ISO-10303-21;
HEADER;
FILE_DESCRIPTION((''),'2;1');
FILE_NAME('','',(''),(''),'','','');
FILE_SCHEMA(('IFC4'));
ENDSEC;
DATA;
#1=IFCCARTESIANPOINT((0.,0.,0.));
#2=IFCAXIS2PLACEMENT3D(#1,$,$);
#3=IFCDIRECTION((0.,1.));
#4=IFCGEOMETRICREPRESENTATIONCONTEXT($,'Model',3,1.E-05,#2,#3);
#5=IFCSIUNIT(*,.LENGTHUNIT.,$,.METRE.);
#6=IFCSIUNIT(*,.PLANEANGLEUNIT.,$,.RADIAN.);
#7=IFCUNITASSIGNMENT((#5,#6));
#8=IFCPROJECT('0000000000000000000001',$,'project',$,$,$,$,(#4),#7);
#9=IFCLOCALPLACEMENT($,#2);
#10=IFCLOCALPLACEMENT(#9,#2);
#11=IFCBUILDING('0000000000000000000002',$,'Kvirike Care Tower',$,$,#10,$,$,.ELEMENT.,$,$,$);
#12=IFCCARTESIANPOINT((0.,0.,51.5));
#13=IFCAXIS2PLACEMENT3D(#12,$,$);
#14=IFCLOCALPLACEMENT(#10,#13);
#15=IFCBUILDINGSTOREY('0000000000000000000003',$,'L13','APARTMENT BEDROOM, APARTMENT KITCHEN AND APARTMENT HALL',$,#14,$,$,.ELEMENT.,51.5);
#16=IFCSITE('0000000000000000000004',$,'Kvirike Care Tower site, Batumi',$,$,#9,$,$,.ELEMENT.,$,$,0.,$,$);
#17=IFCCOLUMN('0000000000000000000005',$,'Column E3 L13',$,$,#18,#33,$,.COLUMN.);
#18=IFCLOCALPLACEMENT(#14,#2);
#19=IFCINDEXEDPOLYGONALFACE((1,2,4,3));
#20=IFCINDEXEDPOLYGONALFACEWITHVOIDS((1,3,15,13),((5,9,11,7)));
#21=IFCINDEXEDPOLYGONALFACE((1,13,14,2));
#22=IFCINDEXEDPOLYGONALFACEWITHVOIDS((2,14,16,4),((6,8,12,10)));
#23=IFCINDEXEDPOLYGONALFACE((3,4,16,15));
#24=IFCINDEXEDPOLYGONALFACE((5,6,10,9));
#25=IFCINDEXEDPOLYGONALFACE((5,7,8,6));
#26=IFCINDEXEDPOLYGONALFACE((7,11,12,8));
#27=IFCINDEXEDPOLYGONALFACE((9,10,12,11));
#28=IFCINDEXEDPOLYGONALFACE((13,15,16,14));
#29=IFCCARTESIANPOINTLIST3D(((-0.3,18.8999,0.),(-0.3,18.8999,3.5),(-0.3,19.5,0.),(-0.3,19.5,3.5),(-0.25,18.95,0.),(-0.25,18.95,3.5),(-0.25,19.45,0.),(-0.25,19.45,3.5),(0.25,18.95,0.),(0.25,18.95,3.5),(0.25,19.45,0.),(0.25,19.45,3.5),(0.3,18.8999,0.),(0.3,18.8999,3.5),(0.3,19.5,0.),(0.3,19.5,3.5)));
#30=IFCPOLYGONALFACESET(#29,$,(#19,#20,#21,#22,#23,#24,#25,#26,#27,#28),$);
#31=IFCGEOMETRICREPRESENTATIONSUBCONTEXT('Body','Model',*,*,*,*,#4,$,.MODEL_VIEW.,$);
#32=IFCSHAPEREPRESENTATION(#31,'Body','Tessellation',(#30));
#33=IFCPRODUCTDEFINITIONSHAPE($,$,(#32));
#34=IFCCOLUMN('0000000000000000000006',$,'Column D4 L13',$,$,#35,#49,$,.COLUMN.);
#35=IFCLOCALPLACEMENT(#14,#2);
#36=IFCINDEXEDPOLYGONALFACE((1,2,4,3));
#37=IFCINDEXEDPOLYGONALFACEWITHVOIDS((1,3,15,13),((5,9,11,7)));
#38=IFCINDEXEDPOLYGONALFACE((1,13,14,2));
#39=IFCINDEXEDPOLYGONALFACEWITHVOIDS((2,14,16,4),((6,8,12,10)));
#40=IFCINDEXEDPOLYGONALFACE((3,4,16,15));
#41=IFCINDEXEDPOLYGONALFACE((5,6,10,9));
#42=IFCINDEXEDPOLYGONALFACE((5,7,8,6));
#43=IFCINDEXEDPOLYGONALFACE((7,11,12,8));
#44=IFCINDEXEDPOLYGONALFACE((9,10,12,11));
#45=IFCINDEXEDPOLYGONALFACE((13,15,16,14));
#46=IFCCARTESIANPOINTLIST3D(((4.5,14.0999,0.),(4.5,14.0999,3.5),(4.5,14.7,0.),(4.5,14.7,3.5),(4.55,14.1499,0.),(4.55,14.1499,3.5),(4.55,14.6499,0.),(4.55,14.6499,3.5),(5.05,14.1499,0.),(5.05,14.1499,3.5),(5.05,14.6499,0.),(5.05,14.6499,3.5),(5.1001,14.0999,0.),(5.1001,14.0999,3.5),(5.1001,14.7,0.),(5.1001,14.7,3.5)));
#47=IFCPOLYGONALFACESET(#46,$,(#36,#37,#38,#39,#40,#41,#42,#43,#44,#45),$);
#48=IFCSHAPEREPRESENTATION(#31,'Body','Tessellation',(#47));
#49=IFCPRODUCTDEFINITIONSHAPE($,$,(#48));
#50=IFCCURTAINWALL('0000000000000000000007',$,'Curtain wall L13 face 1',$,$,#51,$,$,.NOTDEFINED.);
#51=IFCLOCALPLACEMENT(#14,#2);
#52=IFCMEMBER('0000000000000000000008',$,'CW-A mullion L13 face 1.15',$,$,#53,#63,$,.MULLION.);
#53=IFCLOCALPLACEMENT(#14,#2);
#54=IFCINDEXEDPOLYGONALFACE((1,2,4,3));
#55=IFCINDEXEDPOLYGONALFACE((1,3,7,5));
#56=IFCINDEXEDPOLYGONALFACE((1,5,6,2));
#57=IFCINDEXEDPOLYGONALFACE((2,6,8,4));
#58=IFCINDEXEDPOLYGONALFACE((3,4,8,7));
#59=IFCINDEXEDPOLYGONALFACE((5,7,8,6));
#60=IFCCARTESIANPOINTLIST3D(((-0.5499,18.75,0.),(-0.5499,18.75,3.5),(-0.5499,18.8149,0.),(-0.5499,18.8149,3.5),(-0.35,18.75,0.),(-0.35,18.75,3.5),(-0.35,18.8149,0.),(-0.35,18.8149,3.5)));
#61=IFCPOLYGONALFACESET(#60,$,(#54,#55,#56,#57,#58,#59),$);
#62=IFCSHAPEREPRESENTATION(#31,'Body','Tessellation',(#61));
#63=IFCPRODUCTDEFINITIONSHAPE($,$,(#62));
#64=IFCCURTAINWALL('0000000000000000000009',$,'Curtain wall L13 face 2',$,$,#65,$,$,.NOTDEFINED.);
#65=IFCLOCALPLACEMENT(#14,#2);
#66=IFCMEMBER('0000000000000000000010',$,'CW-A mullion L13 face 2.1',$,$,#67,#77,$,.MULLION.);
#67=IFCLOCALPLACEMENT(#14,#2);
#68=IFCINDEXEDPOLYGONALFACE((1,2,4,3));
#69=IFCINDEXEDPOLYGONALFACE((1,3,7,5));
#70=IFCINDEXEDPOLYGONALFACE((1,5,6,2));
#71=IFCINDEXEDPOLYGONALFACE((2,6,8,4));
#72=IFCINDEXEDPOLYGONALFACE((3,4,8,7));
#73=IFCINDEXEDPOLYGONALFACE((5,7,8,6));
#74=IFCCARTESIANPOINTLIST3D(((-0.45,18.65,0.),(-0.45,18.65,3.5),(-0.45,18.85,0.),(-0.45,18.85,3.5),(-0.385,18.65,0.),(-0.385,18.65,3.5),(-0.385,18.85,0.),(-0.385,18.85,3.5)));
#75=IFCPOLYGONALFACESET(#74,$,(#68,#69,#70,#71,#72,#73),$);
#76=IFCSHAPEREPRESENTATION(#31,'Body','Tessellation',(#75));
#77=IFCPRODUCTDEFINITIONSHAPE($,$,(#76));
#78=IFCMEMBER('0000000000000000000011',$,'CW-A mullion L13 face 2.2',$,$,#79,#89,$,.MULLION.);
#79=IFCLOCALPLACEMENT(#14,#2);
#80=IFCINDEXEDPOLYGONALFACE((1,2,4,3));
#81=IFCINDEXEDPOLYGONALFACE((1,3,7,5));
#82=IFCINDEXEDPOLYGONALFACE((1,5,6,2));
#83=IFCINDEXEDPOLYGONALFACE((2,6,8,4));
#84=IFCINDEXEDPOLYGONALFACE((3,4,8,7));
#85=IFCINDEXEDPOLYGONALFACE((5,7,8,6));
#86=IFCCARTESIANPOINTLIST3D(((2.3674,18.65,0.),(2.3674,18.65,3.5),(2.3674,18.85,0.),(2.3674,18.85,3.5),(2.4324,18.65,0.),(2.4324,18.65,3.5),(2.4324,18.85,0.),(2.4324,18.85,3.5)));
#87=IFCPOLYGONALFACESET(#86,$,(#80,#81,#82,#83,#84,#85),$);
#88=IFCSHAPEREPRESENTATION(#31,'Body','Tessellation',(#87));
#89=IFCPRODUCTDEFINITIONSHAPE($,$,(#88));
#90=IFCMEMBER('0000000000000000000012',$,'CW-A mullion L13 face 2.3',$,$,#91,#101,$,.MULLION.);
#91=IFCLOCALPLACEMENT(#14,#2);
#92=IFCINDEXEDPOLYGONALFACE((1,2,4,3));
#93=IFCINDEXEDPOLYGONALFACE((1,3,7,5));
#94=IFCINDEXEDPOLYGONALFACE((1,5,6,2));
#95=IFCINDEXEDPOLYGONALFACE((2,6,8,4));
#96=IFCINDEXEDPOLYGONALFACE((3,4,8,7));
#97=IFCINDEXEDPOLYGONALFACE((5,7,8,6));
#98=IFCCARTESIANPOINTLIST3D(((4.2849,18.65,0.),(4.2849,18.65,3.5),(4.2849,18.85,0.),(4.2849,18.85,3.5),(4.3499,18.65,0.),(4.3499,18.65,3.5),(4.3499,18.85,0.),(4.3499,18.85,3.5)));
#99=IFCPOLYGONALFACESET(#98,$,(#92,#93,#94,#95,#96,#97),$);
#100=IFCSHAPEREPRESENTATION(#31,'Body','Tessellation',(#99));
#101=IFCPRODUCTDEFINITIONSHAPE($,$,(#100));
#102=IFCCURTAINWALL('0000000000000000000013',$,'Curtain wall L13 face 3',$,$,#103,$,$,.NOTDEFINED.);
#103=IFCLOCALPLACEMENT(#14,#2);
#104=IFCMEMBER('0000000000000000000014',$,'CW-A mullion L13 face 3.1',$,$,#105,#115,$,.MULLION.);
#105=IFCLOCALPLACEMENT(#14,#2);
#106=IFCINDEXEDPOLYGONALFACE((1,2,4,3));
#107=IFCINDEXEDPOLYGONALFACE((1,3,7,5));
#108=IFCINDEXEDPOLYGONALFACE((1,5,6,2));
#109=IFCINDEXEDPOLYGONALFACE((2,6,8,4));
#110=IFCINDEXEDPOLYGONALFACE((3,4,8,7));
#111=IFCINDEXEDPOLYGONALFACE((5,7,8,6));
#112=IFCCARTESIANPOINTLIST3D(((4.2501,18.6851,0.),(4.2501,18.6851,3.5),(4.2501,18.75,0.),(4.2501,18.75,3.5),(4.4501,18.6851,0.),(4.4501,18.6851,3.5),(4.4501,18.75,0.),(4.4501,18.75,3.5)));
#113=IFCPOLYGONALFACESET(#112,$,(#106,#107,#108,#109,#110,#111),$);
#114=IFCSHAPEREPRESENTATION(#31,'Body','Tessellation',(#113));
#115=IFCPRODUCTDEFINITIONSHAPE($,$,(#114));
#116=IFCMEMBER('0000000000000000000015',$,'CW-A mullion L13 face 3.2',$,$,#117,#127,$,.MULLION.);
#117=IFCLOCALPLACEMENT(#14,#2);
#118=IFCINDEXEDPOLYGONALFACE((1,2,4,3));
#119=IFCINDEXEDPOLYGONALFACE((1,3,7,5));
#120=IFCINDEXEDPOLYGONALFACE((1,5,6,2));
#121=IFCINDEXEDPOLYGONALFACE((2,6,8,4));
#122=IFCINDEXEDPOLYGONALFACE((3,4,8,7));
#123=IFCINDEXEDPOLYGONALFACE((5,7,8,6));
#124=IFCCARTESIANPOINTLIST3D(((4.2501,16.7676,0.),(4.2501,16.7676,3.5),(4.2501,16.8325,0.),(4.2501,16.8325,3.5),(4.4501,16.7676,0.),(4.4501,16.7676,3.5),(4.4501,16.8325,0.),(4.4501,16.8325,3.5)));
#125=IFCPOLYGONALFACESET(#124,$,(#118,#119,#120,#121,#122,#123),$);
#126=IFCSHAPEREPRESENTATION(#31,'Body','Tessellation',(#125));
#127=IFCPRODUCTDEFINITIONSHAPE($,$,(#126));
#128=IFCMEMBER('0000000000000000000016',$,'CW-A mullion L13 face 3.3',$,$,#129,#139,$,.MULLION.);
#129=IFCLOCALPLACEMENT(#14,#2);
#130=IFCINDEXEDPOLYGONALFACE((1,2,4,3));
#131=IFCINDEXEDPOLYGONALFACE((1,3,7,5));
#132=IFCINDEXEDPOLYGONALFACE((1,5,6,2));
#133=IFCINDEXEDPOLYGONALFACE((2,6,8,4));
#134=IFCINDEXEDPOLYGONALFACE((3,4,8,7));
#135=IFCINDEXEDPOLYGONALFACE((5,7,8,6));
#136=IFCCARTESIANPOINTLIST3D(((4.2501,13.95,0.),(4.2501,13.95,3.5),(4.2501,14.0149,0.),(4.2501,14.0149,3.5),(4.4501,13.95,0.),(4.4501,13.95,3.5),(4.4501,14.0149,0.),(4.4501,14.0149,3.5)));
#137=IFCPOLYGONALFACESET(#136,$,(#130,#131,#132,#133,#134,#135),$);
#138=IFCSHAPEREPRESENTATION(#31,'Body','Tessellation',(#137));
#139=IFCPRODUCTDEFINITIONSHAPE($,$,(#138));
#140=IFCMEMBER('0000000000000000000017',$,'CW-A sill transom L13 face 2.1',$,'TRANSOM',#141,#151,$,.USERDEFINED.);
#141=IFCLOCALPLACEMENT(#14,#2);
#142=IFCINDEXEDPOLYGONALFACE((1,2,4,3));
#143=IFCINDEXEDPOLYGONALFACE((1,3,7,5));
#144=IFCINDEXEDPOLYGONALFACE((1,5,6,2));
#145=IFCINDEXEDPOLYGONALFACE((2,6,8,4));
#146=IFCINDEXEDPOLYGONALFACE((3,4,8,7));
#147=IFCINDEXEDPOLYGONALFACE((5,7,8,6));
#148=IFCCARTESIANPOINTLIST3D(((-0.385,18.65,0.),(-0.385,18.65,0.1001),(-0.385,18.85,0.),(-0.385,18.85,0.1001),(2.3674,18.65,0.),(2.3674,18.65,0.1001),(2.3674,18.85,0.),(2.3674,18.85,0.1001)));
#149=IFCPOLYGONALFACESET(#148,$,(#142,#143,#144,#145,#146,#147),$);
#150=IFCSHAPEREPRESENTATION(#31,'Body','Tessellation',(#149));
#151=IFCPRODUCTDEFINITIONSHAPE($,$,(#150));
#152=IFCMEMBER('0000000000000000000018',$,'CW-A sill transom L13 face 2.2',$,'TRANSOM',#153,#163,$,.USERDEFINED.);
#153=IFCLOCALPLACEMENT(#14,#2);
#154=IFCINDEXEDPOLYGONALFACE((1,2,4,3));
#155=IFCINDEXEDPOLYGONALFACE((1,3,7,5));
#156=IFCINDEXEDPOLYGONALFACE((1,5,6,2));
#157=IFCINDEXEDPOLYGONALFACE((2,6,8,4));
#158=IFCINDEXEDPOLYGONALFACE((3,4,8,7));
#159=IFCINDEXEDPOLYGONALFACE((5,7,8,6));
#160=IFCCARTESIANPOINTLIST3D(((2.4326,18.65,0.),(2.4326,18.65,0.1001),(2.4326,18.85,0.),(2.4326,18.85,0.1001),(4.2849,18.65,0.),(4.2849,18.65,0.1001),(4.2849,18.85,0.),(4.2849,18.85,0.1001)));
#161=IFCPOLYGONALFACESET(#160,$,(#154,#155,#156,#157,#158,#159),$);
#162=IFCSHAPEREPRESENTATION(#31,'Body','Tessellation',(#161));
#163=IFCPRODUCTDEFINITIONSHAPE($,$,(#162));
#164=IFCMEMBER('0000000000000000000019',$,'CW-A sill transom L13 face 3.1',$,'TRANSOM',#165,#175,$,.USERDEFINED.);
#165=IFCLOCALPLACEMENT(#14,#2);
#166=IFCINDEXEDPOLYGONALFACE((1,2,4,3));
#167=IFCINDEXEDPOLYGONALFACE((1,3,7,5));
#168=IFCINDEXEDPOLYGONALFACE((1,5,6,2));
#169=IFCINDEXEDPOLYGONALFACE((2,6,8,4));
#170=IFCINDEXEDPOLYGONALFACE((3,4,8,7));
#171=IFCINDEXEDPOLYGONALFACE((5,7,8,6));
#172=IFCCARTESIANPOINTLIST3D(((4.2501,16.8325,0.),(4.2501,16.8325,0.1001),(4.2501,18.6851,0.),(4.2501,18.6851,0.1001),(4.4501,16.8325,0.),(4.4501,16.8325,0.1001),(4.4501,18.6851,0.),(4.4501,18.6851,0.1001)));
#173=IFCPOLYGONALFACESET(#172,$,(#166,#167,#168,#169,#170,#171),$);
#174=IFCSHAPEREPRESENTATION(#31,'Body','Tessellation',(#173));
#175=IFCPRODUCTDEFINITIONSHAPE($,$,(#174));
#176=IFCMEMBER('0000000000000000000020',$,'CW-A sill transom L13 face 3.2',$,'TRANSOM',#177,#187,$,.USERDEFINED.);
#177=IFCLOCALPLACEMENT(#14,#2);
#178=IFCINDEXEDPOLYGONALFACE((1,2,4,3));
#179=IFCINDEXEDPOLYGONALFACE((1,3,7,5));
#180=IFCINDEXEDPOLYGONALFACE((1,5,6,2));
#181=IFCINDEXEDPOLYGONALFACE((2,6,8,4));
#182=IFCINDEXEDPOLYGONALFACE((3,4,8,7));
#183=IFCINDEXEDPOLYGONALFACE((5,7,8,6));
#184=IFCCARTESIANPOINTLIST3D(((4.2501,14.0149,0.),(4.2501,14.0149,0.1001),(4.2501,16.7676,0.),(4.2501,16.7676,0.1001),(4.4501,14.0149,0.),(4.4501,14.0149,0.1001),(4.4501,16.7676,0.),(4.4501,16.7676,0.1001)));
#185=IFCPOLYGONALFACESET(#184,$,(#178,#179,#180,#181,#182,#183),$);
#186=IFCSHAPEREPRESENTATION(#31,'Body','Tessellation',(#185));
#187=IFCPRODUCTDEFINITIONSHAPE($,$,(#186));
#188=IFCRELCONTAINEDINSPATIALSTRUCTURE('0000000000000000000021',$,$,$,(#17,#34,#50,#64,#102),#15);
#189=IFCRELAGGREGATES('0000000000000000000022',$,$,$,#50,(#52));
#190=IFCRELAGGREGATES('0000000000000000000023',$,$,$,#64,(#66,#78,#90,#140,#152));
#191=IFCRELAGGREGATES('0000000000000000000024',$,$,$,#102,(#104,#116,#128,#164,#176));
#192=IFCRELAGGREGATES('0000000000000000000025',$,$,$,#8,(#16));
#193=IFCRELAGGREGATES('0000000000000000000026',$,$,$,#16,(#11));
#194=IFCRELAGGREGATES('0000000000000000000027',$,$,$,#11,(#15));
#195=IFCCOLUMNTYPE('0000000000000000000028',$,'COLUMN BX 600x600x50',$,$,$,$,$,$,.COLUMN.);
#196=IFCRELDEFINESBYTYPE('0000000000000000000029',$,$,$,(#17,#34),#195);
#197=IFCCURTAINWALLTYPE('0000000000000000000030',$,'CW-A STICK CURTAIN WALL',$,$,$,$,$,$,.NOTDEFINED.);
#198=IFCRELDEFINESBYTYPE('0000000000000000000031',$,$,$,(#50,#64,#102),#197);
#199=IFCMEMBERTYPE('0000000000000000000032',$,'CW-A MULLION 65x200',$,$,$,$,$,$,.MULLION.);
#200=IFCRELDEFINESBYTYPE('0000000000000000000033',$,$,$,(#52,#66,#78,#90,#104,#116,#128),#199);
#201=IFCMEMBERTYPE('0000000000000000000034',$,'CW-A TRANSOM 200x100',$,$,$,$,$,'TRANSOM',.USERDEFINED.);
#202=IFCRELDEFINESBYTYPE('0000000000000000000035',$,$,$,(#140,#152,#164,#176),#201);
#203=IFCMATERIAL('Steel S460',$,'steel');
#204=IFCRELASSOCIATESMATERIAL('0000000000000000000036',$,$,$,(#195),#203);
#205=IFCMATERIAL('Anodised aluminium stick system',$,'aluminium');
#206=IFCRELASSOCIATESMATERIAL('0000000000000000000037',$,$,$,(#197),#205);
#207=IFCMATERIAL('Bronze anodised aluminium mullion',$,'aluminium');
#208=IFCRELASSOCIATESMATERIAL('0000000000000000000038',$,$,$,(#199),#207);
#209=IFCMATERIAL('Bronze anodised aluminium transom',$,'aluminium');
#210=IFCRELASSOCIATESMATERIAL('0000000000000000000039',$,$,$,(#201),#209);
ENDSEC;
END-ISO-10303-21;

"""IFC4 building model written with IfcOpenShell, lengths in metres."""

from ifc_helpers import new_model, si_unit, direction, frame, origin, origin_2d, place, context, subcontext, project, spatial, rectangle, hollow_rectangle, extrude, material, material_profile, profile_set, type_object, element, aggregate, save


model = new_model("IFC4")

# Units and contexts
model_context = context("Model", 3, precision=1e-05, world=origin(), true_north=direction((0.0, 1.0)))
body_context = subcontext(model_context, "Body", "Model", "MODEL_VIEW")
ifc_project = project(units=[si_unit("LENGTHUNIT", "METRE"), si_unit("PLANEANGLEUNIT", "RADIAN")], contexts=[model_context])

# Site, building, storey
site_placement = place(None, origin())
site = spatial("IfcSite", under=ifc_project, at=site_placement, Name="Kvirike Care Tower site, Batumi", CompositionType="ELEMENT", RefElevation=0.0)
building_placement = place(site_placement, origin())
building = spatial("IfcBuilding", under=site, at=building_placement, Name="Kvirike Care Tower", CompositionType="ELEMENT")
storey_placement = place(building_placement, frame((0.0, 0.0, 51.5)))
storey = spatial("IfcBuildingStorey", under=building, at=storey_placement, Name="L13", Description="APARTMENT BEDROOM, APARTMENT KITCHEN AND APARTMENT HALL", CompositionType="ELEMENT", Elevation=51.5)

# Columns
ifc_material_1 = material(Name="Steel S460", Category="steel")
ifc_material_profile_1 = material_profile(ifc_material_1, hollow_rectangle(XDim=0.6001, YDim=0.6001, WallThickness=0.05, at=origin_2d()), Name="BX 600x600x50")
ifc_profile_set_1 = profile_set([ifc_material_profile_1], Name="Steel S460")
column_type = type_object("IfcColumnType", Name="COLUMN BX 600x600x50", PredefinedType="COLUMN", material=ifc_profile_set_1)
for number, where, z_axis, x_axis, name in (
    (1, (0.0, 19.2, 0.0), (0.0, 0.0, 1.0), (0.0, 1.0, 0.0), "Column E3 L13"),
    (2, (4.8, 14.3999, 0.0), (0.0, 0.0, 1.0), (0.0, 1.0, 0.0), "Column D4 L13"),
):
    element("IfcColumn", number, at=place(storey_placement, frame(where, z_axis=z_axis, x_axis=x_axis)), inside=storey, type_object=column_type, Name=name, PredefinedType="COLUMN", context=body_context, shape_type="SweptSolid", body=[
        extrude(hollow_rectangle(XDim=0.6001, YDim=0.6001, WallThickness=0.05, at=origin_2d()), origin(), (0.0, 0.0, 1.0), 3.5),
    ])

# Curtain wall, member
ifc_material_2 = material(Name="Anodised aluminium stick system", Category="aluminium")
curtain_wall_type = type_object("IfcCurtainWallType", Name="CW-A STICK CURTAIN WALL", PredefinedType="NOTDEFINED", material=ifc_material_2)
curtain_wall_1_placement = place(storey_placement, origin())
curtain_wall_1 = element("IfcCurtainWall", 3, at=curtain_wall_1_placement, inside=storey, type_object=curtain_wall_type, Name="Curtain wall L13 face 1", PredefinedType="NOTDEFINED")
ifc_material_3 = material(Name="Bronze anodised aluminium mullion", Category="aluminium")
ifc_material_profile_2 = material_profile(ifc_material_3, rectangle(XDim=0.0649, YDim=0.2, at=origin_2d()), Name="CW-A MULLION 65x200")
ifc_profile_set_2 = profile_set([ifc_material_profile_2], Name="Bronze anodised aluminium mullion")
member_type_1 = type_object("IfcMemberType", Name="CW-A MULLION 65x200", PredefinedType="MULLION", material=ifc_profile_set_2)
member_1_placement = place(storey_placement, frame((-0.45, 18.7825, 0.0), z_axis=(0.0, 0.0, 1.0), x_axis=(0.0, -1.0, 0.0)))
member_1 = element("IfcMember", 4, at=member_1_placement, type_object=member_type_1, Name="CW-A mullion L13 face 1.15", PredefinedType="MULLION", context=body_context, shape_type="SweptSolid", body=[
    extrude(rectangle(XDim=0.0649, YDim=0.2, at=origin_2d()), origin(), (0.0, 0.0, 1.0), 3.5),
])
aggregate(curtain_wall_1, [member_1])

# Curtain walls, members
curtain_wall_2_placement = place(storey_placement, origin())
curtain_wall_2 = element("IfcCurtainWall", 5, at=curtain_wall_2_placement, inside=storey, type_object=curtain_wall_type, Name="Curtain wall L13 face 2", PredefinedType="NOTDEFINED")
member_2_placement = place(storey_placement, frame((-0.4175, 18.75, 0.0), z_axis=(0.0, 0.0, 1.0), x_axis=(1.0, 0.0, 0.0)))
member_2 = element("IfcMember", 6, at=member_2_placement, type_object=member_type_1, Name="CW-A mullion L13 face 2.1", PredefinedType="MULLION", context=body_context, shape_type="SweptSolid", body=[
    extrude(rectangle(XDim=0.0649, YDim=0.2, at=origin_2d()), origin(), (0.0, 0.0, 1.0), 3.5),
])
member_3_placement = place(storey_placement, frame((2.3999, 18.75, 0.0), z_axis=(0.0, 0.0, 1.0), x_axis=(1.0, 0.0, 0.0)))
member_3 = element("IfcMember", 7, at=member_3_placement, type_object=member_type_1, Name="CW-A mullion L13 face 2.2", PredefinedType="MULLION", context=body_context, shape_type="SweptSolid", body=[
    extrude(rectangle(XDim=0.0649, YDim=0.2, at=origin_2d()), origin(), (0.0, 0.0, 1.0), 3.5),
])
member_4_placement = place(storey_placement, frame((4.3174, 18.75, 0.0), z_axis=(0.0, 0.0, 1.0), x_axis=(1.0, 0.0, 0.0)))
member_4 = element("IfcMember", 8, at=member_4_placement, type_object=member_type_1, Name="CW-A mullion L13 face 2.3", PredefinedType="MULLION", context=body_context, shape_type="SweptSolid", body=[
    extrude(rectangle(XDim=0.0649, YDim=0.2, at=origin_2d()), origin(), (0.0, 0.0, 1.0), 3.5),
])
curtain_wall_3_placement = place(storey_placement, origin())
curtain_wall_3 = element("IfcCurtainWall", 9, at=curtain_wall_3_placement, inside=storey, type_object=curtain_wall_type, Name="Curtain wall L13 face 3", PredefinedType="NOTDEFINED")
member_5_placement = place(storey_placement, frame((4.3501, 18.7175, 0.0), z_axis=(0.0, 0.0, 1.0), x_axis=(0.0, -1.0, 0.0)))
member_5 = element("IfcMember", 10, at=member_5_placement, type_object=member_type_1, Name="CW-A mullion L13 face 3.1", PredefinedType="MULLION", context=body_context, shape_type="SweptSolid", body=[
    extrude(rectangle(XDim=0.0649, YDim=0.2, at=origin_2d()), origin(), (0.0, 0.0, 1.0), 3.5),
])
member_6_placement = place(storey_placement, frame((4.3501, 16.8, 0.0), z_axis=(0.0, 0.0, 1.0), x_axis=(0.0, -1.0, 0.0)))
member_6 = element("IfcMember", 11, at=member_6_placement, type_object=member_type_1, Name="CW-A mullion L13 face 3.2", PredefinedType="MULLION", context=body_context, shape_type="SweptSolid", body=[
    extrude(rectangle(XDim=0.0649, YDim=0.2, at=origin_2d()), origin(), (0.0, 0.0, 1.0), 3.5),
])
member_7_placement = place(storey_placement, frame((4.3501, 13.9824, 0.0), z_axis=(0.0, 0.0, 1.0), x_axis=(0.0, -1.0, 0.0)))
member_7 = element("IfcMember", 12, at=member_7_placement, type_object=member_type_1, Name="CW-A mullion L13 face 3.3", PredefinedType="MULLION", context=body_context, shape_type="SweptSolid", body=[
    extrude(rectangle(XDim=0.0649, YDim=0.2, at=origin_2d()), origin(), (0.0, 0.0, 1.0), 3.5),
])

# Members
ifc_material_4 = material(Name="Bronze anodised aluminium transom", Category="aluminium")
ifc_material_profile_3 = material_profile(ifc_material_4, rectangle(XDim=0.2, YDim=0.1001, at=origin_2d()), Name="CW-A TRANSOM 200x100")
ifc_profile_set_3 = profile_set([ifc_material_profile_3], Name="Bronze anodised aluminium transom")
member_type_2 = type_object("IfcMemberType", Name="CW-A TRANSOM 200x100", ElementType="TRANSOM", PredefinedType="USERDEFINED", material=ifc_profile_set_3)
member_8_placement = place(storey_placement, frame((-0.385, 18.75, 0.05), z_axis=(1.0, 0.0, 0.0), x_axis=(0.0, 1.0, 0.0)))
member_8 = element("IfcMember", 13, at=member_8_placement, type_object=member_type_2, Name="CW-A sill transom L13 face 2.1", ObjectType="TRANSOM", PredefinedType="USERDEFINED", context=body_context, shape_type="SweptSolid", body=[
    extrude(rectangle(XDim=0.2, YDim=0.1001, at=origin_2d()), origin(), (0.0, 0.0, 1.0), 2.7524),
])
member_9_placement = place(storey_placement, frame((2.4326, 18.75, 0.05), z_axis=(1.0, 0.0, 0.0), x_axis=(0.0, 1.0, 0.0)))
member_9 = element("IfcMember", 14, at=member_9_placement, type_object=member_type_2, Name="CW-A sill transom L13 face 2.2", ObjectType="TRANSOM", PredefinedType="USERDEFINED", context=body_context, shape_type="SweptSolid", body=[
    extrude(rectangle(XDim=0.2, YDim=0.1001, at=origin_2d()), origin(), (0.0, 0.0, 1.0), 1.8523),
])
member_10_placement = place(storey_placement, frame((4.3501, 18.6851, 0.05), z_axis=(0.0, -1.0, 0.0), x_axis=(1.0, 0.0, 0.0)))
member_10 = element("IfcMember", 15, at=member_10_placement, type_object=member_type_2, Name="CW-A sill transom L13 face 3.1", ObjectType="TRANSOM", PredefinedType="USERDEFINED", context=body_context, shape_type="SweptSolid", body=[
    extrude(rectangle(XDim=0.2, YDim=0.1001, at=origin_2d()), origin(), (0.0, 0.0, 1.0), 1.8525),
])
member_11_placement = place(storey_placement, frame((4.3501, 16.7676, 0.05), z_axis=(0.0, -1.0, 0.0), x_axis=(1.0, 0.0, 0.0)))
member_11 = element("IfcMember", 16, at=member_11_placement, type_object=member_type_2, Name="CW-A sill transom L13 face 3.2", ObjectType="TRANSOM", PredefinedType="USERDEFINED", context=body_context, shape_type="SweptSolid", body=[
    extrude(rectangle(XDim=0.2, YDim=0.1001, at=origin_2d()), origin(), (0.0, 0.0, 1.0), 2.7527),
])

aggregate(curtain_wall_2, [member_2, member_3, member_4, member_8, member_9])
aggregate(curtain_wall_3, [member_5, member_6, member_7, member_10, member_11])

save(model, "model.ifc")
